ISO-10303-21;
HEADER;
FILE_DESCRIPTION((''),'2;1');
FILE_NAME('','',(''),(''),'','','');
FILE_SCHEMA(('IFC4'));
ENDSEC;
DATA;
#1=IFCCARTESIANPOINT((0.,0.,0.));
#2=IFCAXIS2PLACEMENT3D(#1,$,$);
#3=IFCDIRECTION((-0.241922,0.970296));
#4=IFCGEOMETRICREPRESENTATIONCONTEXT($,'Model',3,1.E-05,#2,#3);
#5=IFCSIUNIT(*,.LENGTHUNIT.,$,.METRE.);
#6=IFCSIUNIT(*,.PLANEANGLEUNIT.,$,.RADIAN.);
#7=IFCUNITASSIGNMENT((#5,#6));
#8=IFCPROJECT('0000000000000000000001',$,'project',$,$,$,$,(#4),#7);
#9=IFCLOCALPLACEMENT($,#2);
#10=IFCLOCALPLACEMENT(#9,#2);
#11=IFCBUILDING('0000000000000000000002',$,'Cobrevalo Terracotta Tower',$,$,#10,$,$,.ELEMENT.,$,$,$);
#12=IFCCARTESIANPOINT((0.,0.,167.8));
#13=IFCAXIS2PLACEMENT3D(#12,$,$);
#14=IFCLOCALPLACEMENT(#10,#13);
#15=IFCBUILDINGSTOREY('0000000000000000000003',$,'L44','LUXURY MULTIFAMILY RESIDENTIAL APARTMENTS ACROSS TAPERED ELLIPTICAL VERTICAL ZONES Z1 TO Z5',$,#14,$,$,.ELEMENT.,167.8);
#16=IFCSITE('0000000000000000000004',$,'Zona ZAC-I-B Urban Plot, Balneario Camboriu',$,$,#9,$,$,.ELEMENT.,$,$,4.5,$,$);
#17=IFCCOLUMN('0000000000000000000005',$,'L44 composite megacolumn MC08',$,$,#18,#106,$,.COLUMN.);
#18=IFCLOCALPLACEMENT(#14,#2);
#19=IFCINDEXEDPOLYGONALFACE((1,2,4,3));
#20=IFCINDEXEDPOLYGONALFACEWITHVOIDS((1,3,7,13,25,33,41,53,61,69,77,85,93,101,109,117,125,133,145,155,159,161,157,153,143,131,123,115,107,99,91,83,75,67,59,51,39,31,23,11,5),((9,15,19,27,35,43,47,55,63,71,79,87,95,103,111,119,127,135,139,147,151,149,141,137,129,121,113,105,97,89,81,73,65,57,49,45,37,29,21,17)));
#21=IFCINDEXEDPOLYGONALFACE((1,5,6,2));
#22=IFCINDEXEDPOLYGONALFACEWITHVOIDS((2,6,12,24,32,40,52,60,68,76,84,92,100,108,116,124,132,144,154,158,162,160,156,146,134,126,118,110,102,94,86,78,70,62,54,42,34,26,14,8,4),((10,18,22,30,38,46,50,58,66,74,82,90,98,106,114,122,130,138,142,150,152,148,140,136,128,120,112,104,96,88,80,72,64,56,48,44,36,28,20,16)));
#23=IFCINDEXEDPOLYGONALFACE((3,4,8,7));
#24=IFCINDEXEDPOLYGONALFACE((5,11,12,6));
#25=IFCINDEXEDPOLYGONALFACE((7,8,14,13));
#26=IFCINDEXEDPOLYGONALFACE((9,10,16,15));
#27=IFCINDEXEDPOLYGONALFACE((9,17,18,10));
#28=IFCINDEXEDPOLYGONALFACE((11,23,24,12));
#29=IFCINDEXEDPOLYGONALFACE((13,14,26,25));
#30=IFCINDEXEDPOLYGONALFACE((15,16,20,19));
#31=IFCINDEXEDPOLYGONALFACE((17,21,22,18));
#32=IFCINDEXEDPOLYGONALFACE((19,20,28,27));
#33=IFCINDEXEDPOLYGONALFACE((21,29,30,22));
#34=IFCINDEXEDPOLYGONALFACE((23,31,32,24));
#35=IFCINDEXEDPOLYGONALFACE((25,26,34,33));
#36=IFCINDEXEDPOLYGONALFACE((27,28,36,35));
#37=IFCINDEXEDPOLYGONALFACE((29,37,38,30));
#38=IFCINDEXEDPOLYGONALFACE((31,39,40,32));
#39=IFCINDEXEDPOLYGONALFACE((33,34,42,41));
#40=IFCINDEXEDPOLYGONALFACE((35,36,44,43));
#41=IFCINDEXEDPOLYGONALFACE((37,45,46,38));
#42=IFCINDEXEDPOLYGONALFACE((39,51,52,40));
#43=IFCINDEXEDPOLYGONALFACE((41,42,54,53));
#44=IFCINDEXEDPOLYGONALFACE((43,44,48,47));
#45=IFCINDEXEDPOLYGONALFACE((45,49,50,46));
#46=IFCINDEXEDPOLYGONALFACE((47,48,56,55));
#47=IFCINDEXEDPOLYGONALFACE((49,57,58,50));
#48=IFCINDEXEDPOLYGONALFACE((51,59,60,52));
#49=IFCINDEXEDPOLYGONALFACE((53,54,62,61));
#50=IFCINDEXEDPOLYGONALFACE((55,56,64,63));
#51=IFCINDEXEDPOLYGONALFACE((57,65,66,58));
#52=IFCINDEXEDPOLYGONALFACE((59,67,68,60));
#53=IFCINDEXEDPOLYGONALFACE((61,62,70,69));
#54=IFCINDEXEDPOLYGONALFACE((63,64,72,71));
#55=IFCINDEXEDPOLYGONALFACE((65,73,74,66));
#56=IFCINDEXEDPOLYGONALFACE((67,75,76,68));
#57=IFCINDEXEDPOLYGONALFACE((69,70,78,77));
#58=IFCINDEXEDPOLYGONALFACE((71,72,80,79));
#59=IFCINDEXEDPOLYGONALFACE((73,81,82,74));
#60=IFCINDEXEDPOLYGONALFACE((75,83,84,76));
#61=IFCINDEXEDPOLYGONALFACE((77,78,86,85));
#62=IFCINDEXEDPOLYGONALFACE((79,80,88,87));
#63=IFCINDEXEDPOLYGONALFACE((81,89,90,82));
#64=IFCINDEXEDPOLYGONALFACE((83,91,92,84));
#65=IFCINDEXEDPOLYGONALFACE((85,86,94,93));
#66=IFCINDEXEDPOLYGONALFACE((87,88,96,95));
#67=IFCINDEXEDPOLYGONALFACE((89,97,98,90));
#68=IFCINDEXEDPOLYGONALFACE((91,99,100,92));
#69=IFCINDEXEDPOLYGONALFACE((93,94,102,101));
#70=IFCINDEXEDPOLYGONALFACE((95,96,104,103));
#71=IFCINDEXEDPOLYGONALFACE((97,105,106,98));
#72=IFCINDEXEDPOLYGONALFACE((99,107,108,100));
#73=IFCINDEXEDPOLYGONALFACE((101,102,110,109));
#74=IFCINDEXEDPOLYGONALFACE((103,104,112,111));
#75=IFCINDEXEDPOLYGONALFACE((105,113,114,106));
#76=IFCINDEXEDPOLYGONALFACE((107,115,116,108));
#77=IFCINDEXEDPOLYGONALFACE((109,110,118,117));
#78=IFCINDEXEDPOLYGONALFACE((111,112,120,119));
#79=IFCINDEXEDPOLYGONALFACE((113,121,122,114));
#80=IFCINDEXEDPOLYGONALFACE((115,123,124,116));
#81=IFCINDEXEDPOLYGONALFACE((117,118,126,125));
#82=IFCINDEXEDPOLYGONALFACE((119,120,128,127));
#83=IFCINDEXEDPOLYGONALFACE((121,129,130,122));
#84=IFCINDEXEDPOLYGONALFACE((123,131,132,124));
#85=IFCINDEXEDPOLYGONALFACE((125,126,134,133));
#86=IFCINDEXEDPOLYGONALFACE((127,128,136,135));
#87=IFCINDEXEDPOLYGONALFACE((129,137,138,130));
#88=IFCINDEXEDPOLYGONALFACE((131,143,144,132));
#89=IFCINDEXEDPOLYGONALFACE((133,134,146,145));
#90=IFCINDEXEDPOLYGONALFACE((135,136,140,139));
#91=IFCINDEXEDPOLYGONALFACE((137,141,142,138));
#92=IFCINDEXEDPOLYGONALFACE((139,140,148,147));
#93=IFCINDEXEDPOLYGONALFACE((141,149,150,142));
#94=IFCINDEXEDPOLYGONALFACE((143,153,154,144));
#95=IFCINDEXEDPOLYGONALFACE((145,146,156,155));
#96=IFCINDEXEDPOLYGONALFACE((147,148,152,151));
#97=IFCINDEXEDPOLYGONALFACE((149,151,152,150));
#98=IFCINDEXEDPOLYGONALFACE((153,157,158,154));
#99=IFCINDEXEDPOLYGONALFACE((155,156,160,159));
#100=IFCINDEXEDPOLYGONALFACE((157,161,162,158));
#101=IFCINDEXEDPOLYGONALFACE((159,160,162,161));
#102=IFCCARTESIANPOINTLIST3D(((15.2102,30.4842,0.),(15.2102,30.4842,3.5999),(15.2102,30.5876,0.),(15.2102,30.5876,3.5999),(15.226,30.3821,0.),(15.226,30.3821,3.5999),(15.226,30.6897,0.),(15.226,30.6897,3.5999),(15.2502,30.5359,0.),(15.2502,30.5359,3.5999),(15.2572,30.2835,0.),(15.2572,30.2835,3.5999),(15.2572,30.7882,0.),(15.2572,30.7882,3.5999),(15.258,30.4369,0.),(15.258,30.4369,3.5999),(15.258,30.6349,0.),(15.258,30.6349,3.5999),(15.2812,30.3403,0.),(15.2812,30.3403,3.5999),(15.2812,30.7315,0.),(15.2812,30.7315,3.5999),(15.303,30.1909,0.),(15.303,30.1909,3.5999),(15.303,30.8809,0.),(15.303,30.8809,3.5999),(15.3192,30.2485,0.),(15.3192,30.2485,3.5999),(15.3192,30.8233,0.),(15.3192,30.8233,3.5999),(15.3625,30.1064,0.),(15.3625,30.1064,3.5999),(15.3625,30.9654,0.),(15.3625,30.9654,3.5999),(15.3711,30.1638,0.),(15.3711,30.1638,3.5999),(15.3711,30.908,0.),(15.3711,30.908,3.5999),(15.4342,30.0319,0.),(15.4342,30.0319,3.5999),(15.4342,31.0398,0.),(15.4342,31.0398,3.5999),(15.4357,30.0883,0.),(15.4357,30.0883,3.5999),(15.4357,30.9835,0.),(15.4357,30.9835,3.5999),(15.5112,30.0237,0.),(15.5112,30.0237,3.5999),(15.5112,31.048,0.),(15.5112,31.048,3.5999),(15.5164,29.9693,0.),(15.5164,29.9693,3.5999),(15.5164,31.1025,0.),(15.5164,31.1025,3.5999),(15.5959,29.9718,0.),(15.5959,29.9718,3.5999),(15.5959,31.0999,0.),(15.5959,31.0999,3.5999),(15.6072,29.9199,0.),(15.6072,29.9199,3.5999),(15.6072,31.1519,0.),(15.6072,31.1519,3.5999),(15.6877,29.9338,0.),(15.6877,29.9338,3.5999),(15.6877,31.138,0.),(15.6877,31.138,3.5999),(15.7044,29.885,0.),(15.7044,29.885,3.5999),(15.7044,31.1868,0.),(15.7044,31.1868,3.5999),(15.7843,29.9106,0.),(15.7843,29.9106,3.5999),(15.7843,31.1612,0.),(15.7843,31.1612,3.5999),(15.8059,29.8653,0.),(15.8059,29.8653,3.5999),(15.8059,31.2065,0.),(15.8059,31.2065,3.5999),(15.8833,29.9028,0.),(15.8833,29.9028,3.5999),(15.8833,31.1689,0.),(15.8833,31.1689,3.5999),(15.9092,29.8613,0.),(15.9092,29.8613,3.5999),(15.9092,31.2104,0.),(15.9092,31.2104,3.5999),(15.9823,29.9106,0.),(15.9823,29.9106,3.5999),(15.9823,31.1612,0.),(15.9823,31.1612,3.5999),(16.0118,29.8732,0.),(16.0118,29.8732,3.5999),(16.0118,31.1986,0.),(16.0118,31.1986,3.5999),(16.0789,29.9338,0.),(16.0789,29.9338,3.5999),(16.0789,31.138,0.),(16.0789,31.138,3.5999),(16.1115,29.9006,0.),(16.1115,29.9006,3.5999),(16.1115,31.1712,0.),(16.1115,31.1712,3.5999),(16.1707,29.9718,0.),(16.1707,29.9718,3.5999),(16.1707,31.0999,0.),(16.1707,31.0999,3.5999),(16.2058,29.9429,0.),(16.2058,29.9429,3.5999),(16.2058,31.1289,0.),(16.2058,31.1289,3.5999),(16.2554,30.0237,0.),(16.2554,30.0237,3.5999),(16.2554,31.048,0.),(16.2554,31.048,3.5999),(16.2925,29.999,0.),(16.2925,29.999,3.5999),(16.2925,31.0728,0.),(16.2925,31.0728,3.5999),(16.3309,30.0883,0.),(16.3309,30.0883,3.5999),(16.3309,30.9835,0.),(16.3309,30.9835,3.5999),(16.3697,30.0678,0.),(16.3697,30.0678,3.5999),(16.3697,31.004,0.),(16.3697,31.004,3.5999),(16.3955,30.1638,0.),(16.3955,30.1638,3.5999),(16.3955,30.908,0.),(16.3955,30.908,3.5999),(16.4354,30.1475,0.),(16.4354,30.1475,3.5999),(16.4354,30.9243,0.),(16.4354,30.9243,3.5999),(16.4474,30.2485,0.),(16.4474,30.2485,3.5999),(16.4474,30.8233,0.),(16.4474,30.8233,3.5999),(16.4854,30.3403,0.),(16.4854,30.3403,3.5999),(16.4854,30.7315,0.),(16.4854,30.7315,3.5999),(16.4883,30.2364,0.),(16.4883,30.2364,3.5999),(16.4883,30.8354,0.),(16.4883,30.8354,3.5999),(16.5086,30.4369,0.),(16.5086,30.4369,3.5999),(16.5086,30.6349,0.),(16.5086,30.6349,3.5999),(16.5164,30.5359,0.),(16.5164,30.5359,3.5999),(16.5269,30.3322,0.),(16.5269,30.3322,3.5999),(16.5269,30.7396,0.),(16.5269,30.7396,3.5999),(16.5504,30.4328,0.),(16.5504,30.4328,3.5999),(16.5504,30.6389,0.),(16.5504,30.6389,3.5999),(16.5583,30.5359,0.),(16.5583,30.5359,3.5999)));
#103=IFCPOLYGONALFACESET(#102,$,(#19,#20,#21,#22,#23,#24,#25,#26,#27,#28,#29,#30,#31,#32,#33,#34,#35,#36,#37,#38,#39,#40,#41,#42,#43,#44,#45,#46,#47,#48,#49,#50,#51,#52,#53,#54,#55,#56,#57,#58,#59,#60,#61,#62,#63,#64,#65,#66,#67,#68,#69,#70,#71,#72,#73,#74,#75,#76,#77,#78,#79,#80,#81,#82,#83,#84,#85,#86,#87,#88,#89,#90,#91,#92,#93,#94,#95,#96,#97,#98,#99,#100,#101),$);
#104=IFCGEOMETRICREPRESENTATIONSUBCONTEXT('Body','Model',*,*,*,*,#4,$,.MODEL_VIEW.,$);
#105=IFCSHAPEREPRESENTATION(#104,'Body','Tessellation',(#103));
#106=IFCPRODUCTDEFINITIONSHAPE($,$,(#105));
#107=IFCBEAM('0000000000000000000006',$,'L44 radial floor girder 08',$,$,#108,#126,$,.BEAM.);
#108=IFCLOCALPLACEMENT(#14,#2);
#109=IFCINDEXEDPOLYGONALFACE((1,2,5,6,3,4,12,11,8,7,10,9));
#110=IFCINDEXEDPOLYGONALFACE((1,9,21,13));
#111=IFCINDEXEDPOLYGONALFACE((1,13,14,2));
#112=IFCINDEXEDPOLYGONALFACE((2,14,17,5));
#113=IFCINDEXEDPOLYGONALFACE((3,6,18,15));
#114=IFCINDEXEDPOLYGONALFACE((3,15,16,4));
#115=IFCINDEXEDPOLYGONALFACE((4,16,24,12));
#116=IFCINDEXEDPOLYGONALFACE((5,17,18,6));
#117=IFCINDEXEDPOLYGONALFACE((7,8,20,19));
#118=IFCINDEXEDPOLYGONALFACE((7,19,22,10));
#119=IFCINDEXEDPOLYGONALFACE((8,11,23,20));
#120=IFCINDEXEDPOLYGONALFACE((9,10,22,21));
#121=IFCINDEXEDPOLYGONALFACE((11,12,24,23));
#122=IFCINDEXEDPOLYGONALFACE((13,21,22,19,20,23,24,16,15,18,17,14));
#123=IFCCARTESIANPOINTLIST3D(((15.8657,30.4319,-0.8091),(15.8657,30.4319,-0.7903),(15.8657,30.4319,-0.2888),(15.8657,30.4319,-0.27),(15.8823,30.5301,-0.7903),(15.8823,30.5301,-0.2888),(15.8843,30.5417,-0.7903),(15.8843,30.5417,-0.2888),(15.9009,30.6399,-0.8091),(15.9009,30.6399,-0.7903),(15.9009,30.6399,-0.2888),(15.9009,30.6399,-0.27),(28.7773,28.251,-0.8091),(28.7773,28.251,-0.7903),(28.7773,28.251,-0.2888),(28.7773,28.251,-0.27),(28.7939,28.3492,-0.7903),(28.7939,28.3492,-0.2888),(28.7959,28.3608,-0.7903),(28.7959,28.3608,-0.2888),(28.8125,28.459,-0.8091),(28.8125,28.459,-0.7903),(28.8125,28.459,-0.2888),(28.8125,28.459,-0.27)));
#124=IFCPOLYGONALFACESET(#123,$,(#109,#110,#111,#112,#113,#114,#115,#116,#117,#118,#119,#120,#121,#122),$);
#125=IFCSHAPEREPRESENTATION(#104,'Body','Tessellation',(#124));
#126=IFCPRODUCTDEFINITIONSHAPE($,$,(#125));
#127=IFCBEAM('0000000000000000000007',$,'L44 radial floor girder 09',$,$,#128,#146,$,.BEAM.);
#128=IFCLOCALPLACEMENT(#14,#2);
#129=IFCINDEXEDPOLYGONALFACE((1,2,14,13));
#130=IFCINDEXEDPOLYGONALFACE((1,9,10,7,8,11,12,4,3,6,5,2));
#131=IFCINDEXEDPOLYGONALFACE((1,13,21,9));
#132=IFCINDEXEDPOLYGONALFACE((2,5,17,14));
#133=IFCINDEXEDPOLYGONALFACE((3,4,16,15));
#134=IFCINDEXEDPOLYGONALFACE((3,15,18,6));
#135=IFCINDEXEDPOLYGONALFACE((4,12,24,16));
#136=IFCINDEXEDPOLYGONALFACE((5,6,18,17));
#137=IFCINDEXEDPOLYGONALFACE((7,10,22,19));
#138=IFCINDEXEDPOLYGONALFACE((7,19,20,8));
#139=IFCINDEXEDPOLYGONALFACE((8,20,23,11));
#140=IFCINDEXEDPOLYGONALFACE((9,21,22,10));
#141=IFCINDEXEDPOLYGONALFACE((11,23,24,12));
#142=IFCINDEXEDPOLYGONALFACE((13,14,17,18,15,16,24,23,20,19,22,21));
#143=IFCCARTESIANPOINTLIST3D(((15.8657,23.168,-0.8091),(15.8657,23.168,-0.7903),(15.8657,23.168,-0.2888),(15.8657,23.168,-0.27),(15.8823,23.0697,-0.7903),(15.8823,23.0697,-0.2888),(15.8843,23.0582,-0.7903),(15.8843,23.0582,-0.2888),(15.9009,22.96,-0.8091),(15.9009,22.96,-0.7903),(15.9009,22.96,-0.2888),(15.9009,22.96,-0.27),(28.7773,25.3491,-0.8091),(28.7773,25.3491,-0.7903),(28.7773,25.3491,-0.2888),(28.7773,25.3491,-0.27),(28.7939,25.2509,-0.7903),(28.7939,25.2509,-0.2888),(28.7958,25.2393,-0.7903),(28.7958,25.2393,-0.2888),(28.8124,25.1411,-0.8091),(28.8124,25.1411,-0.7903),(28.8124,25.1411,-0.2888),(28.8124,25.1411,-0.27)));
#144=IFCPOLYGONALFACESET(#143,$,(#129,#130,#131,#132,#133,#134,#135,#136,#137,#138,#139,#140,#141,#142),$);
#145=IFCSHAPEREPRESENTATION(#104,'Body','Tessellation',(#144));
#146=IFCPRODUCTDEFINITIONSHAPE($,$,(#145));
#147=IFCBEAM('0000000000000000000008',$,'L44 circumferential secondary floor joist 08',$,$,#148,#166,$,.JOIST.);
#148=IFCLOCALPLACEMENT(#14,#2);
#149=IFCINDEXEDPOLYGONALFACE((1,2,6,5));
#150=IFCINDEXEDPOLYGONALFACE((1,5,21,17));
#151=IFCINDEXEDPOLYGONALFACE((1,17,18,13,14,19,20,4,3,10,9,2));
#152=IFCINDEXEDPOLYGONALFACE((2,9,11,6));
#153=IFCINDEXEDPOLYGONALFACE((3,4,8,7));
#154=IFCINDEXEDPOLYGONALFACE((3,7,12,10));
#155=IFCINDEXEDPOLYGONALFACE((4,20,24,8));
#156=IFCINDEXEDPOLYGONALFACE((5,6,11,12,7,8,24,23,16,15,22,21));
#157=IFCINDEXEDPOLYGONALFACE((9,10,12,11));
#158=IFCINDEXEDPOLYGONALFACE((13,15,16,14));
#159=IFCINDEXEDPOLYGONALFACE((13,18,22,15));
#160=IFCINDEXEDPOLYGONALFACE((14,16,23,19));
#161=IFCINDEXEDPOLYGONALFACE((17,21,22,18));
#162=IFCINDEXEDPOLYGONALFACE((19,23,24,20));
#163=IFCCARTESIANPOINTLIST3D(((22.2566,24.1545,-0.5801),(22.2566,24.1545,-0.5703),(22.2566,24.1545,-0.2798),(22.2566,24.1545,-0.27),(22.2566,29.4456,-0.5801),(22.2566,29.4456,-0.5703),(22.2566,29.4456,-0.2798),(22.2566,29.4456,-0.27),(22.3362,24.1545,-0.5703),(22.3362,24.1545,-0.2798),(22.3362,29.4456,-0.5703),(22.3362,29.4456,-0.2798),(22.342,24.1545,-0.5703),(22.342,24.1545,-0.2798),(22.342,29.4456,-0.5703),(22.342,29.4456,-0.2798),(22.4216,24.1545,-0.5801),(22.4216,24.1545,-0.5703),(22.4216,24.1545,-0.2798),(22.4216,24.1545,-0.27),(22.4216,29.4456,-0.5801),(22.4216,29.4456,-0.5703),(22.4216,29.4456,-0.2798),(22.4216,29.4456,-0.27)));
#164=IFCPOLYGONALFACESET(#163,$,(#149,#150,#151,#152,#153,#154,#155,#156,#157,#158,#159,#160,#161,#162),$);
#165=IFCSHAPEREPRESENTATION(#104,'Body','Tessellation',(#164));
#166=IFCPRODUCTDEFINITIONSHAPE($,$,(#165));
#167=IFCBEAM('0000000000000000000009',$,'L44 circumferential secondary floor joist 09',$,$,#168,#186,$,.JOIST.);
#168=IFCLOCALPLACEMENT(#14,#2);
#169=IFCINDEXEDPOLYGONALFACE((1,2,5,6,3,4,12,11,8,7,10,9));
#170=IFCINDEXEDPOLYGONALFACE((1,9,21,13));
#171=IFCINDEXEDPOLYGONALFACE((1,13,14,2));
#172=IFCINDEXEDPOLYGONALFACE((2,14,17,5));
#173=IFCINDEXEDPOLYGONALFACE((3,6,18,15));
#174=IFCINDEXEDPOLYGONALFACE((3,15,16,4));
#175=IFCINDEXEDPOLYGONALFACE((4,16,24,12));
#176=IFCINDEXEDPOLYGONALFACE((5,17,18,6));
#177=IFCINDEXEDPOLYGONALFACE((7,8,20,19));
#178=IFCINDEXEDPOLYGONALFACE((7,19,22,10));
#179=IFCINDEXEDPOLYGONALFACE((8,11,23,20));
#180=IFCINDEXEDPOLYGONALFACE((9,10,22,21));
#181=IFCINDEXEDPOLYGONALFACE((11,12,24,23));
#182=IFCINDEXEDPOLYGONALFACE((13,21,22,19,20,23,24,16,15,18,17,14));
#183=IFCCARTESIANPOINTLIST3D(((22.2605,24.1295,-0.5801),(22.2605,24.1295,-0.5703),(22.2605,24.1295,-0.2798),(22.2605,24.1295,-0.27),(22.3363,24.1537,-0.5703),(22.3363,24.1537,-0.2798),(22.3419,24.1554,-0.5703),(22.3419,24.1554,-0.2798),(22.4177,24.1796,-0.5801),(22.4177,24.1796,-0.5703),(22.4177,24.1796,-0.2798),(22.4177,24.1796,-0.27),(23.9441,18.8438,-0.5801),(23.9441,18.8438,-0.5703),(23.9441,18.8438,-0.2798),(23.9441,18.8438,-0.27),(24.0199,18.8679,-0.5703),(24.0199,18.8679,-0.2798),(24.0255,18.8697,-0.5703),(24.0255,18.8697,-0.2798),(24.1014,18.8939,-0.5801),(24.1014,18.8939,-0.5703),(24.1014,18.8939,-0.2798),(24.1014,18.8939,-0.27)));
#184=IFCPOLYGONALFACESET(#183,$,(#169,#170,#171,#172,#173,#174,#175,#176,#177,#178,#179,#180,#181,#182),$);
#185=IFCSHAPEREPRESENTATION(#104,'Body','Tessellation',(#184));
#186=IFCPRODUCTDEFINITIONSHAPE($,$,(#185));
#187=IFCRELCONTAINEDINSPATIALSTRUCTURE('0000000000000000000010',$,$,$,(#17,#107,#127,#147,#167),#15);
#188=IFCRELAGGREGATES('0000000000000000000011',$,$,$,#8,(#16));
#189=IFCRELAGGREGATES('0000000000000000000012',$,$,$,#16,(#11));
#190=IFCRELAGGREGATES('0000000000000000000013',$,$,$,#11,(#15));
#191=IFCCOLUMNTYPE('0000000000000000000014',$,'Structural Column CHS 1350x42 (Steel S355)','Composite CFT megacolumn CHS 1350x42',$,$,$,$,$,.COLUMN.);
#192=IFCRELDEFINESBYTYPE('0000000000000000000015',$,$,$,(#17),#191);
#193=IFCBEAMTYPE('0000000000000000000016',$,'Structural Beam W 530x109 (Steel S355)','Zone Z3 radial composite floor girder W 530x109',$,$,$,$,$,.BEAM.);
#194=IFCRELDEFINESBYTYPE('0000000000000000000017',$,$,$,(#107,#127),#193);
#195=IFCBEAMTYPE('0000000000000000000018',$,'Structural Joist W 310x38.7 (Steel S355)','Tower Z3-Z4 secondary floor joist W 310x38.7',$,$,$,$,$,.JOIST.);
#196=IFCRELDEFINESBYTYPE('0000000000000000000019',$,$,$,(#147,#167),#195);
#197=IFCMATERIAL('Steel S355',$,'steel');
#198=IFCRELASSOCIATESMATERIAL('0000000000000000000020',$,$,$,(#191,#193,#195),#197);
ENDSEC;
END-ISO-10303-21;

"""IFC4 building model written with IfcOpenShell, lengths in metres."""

from ifc_helpers import new_model, si_unit, direction, frame, origin, origin_2d, place, context, subcontext, project, spatial, hollow_circle, i_section, extrude, material, material_profile, profile_set, type_object, element, save


model = new_model("IFC4")

# Units and contexts
model_context = context("Model", 3, precision=1e-05, world=origin(), true_north=direction((-0.241922, 0.970296)))
body_context = subcontext(model_context, "Body", "Model", "MODEL_VIEW")
ifc_project = project(units=[si_unit("LENGTHUNIT", "METRE"), si_unit("PLANEANGLEUNIT", "RADIAN")], contexts=[model_context])

# Site, building, storey
site_placement = place(None, origin())
site = spatial("IfcSite", under=ifc_project, at=site_placement, Name="Zona ZAC-I-B Urban Plot, Balneario Camboriu", CompositionType="ELEMENT", RefElevation=4.5)
building_placement = place(site_placement, origin())
building = spatial("IfcBuilding", under=site, at=building_placement, Name="Cobrevalo Terracotta Tower", CompositionType="ELEMENT")
storey_placement = place(building_placement, frame((0.0, 0.0, 167.8)))
storey = spatial("IfcBuildingStorey", under=building, at=storey_placement, Name="L44", Description="LUXURY MULTIFAMILY RESIDENTIAL APARTMENTS ACROSS TAPERED ELLIPTICAL VERTICAL ZONES Z1 TO Z5", CompositionType="ELEMENT", Elevation=167.8)

# Column
ifc_material_1 = material(Name="Steel S355", Category="steel")
ifc_material_profile_1 = material_profile(ifc_material_1, hollow_circle(Radius=0.675, WallThickness=0.042, at=origin_2d()), Name="CHS 1350x42")
ifc_profile_set_1 = profile_set([ifc_material_profile_1], Name="Steel S355")
column_type = type_object("IfcColumnType", Name="Structural Column CHS 1350x42 (Steel S355)", Description="Composite CFT megacolumn CHS 1350x42", PredefinedType="COLUMN", material=ifc_profile_set_1)
column_placement = place(storey_placement, frame((15.8833, 30.5359, 0.0), z_axis=(0.0, 0.0, 1.0), x_axis=(1.0, 0.0, 0.0)))
element("IfcColumn", 1, at=column_placement, inside=storey, type_object=column_type, Name="L44 composite megacolumn MC08", PredefinedType="COLUMN", context=body_context, shape_type="SweptSolid", body=[
    extrude(hollow_circle(Radius=0.675, WallThickness=0.042, at=origin_2d()), origin(), (0.0, 0.0, 1.0), 3.5999),
])

# Beams
ifc_material_profile_2 = material_profile(ifc_material_1, i_section(OverallWidth=0.2109, OverallDepth=0.5391, WebThickness=0.0117, FlangeThickness=0.0188, at=origin_2d()), Name="W 530x109")
ifc_profile_set_2 = profile_set([ifc_material_profile_2], Name="Steel S355")
beam_type_1 = type_object("IfcBeamType", Name="Structural Beam W 530x109 (Steel S355)", Description="Zone Z3 radial composite floor girder W 530x109", PredefinedType="BEAM", material=ifc_profile_set_2)
for number, where, z_axis, x_axis, name in (
    (2, (15.8833, 30.5359, -0.5396), (0.986033, -0.166551, 0.0), (0.166551, 0.986033, 0.0), "L44 radial floor girder 08"),
    (3, (15.8833, 23.064, -0.5396), (0.98603, 0.166569, 0.0), (-0.166569, 0.98603, 0.0), "L44 radial floor girder 09"),
):
    element("IfcBeam", number, at=place(storey_placement, frame(where, z_axis=z_axis, x_axis=x_axis)), inside=storey, type_object=beam_type_1, Name=name, PredefinedType="BEAM", context=body_context, shape_type="SweptSolid", body=[
        extrude(i_section(OverallWidth=0.2109, OverallDepth=0.5391, WebThickness=0.0117, FlangeThickness=0.0188, at=origin_2d()), origin(), (0.0, 0.0, 1.0), 13.0945),
    ])
ifc_material_profile_3 = material_profile(ifc_material_1, i_section(OverallWidth=0.165, OverallDepth=0.3101, WebThickness=0.0059, FlangeThickness=0.0098, at=origin_2d()), Name="W 310x38.7")
ifc_profile_set_3 = profile_set([ifc_material_profile_3], Name="Steel S355")
beam_type_2 = type_object("IfcBeamType", Name="Structural Joist W 310x38.7 (Steel S355)", Description="Tower Z3-Z4 secondary floor joist W 310x38.7", PredefinedType="JOIST", material=ifc_profile_set_3)
beam_1_placement = place(storey_placement, frame((22.3391, 29.4456, -0.425), z_axis=(0.0, -1.0, 0.0), x_axis=(1.0, 0.0, 0.0)))
element("IfcBeam", 4, at=beam_1_placement, inside=storey, type_object=beam_type_2, Name="L44 circumferential secondary floor joist 08", PredefinedType="JOIST", context=body_context, shape_type="SweptSolid", body=[
    extrude(i_section(OverallWidth=0.165, OverallDepth=0.3101, WebThickness=0.0059, FlangeThickness=0.0098, at=origin_2d()), origin(), (0.0, 0.0, 1.0), 5.291),
])
beam_2_placement = place(storey_placement, frame((22.3391, 24.1545, -0.425), z_axis=(0.303498, -0.952832, 0.0), x_axis=(0.952832, 0.303498, 0.0)))
element("IfcBeam", 5, at=beam_2_placement, inside=storey, type_object=beam_type_2, Name="L44 circumferential secondary floor joist 09", PredefinedType="JOIST", context=body_context, shape_type="SweptSolid", body=[
    extrude(i_section(OverallWidth=0.165, OverallDepth=0.3101, WebThickness=0.0059, FlangeThickness=0.0098, at=origin_2d()), origin(), (0.0, 0.0, 1.0), 5.5474),
])

save(model, "model.ifc")
